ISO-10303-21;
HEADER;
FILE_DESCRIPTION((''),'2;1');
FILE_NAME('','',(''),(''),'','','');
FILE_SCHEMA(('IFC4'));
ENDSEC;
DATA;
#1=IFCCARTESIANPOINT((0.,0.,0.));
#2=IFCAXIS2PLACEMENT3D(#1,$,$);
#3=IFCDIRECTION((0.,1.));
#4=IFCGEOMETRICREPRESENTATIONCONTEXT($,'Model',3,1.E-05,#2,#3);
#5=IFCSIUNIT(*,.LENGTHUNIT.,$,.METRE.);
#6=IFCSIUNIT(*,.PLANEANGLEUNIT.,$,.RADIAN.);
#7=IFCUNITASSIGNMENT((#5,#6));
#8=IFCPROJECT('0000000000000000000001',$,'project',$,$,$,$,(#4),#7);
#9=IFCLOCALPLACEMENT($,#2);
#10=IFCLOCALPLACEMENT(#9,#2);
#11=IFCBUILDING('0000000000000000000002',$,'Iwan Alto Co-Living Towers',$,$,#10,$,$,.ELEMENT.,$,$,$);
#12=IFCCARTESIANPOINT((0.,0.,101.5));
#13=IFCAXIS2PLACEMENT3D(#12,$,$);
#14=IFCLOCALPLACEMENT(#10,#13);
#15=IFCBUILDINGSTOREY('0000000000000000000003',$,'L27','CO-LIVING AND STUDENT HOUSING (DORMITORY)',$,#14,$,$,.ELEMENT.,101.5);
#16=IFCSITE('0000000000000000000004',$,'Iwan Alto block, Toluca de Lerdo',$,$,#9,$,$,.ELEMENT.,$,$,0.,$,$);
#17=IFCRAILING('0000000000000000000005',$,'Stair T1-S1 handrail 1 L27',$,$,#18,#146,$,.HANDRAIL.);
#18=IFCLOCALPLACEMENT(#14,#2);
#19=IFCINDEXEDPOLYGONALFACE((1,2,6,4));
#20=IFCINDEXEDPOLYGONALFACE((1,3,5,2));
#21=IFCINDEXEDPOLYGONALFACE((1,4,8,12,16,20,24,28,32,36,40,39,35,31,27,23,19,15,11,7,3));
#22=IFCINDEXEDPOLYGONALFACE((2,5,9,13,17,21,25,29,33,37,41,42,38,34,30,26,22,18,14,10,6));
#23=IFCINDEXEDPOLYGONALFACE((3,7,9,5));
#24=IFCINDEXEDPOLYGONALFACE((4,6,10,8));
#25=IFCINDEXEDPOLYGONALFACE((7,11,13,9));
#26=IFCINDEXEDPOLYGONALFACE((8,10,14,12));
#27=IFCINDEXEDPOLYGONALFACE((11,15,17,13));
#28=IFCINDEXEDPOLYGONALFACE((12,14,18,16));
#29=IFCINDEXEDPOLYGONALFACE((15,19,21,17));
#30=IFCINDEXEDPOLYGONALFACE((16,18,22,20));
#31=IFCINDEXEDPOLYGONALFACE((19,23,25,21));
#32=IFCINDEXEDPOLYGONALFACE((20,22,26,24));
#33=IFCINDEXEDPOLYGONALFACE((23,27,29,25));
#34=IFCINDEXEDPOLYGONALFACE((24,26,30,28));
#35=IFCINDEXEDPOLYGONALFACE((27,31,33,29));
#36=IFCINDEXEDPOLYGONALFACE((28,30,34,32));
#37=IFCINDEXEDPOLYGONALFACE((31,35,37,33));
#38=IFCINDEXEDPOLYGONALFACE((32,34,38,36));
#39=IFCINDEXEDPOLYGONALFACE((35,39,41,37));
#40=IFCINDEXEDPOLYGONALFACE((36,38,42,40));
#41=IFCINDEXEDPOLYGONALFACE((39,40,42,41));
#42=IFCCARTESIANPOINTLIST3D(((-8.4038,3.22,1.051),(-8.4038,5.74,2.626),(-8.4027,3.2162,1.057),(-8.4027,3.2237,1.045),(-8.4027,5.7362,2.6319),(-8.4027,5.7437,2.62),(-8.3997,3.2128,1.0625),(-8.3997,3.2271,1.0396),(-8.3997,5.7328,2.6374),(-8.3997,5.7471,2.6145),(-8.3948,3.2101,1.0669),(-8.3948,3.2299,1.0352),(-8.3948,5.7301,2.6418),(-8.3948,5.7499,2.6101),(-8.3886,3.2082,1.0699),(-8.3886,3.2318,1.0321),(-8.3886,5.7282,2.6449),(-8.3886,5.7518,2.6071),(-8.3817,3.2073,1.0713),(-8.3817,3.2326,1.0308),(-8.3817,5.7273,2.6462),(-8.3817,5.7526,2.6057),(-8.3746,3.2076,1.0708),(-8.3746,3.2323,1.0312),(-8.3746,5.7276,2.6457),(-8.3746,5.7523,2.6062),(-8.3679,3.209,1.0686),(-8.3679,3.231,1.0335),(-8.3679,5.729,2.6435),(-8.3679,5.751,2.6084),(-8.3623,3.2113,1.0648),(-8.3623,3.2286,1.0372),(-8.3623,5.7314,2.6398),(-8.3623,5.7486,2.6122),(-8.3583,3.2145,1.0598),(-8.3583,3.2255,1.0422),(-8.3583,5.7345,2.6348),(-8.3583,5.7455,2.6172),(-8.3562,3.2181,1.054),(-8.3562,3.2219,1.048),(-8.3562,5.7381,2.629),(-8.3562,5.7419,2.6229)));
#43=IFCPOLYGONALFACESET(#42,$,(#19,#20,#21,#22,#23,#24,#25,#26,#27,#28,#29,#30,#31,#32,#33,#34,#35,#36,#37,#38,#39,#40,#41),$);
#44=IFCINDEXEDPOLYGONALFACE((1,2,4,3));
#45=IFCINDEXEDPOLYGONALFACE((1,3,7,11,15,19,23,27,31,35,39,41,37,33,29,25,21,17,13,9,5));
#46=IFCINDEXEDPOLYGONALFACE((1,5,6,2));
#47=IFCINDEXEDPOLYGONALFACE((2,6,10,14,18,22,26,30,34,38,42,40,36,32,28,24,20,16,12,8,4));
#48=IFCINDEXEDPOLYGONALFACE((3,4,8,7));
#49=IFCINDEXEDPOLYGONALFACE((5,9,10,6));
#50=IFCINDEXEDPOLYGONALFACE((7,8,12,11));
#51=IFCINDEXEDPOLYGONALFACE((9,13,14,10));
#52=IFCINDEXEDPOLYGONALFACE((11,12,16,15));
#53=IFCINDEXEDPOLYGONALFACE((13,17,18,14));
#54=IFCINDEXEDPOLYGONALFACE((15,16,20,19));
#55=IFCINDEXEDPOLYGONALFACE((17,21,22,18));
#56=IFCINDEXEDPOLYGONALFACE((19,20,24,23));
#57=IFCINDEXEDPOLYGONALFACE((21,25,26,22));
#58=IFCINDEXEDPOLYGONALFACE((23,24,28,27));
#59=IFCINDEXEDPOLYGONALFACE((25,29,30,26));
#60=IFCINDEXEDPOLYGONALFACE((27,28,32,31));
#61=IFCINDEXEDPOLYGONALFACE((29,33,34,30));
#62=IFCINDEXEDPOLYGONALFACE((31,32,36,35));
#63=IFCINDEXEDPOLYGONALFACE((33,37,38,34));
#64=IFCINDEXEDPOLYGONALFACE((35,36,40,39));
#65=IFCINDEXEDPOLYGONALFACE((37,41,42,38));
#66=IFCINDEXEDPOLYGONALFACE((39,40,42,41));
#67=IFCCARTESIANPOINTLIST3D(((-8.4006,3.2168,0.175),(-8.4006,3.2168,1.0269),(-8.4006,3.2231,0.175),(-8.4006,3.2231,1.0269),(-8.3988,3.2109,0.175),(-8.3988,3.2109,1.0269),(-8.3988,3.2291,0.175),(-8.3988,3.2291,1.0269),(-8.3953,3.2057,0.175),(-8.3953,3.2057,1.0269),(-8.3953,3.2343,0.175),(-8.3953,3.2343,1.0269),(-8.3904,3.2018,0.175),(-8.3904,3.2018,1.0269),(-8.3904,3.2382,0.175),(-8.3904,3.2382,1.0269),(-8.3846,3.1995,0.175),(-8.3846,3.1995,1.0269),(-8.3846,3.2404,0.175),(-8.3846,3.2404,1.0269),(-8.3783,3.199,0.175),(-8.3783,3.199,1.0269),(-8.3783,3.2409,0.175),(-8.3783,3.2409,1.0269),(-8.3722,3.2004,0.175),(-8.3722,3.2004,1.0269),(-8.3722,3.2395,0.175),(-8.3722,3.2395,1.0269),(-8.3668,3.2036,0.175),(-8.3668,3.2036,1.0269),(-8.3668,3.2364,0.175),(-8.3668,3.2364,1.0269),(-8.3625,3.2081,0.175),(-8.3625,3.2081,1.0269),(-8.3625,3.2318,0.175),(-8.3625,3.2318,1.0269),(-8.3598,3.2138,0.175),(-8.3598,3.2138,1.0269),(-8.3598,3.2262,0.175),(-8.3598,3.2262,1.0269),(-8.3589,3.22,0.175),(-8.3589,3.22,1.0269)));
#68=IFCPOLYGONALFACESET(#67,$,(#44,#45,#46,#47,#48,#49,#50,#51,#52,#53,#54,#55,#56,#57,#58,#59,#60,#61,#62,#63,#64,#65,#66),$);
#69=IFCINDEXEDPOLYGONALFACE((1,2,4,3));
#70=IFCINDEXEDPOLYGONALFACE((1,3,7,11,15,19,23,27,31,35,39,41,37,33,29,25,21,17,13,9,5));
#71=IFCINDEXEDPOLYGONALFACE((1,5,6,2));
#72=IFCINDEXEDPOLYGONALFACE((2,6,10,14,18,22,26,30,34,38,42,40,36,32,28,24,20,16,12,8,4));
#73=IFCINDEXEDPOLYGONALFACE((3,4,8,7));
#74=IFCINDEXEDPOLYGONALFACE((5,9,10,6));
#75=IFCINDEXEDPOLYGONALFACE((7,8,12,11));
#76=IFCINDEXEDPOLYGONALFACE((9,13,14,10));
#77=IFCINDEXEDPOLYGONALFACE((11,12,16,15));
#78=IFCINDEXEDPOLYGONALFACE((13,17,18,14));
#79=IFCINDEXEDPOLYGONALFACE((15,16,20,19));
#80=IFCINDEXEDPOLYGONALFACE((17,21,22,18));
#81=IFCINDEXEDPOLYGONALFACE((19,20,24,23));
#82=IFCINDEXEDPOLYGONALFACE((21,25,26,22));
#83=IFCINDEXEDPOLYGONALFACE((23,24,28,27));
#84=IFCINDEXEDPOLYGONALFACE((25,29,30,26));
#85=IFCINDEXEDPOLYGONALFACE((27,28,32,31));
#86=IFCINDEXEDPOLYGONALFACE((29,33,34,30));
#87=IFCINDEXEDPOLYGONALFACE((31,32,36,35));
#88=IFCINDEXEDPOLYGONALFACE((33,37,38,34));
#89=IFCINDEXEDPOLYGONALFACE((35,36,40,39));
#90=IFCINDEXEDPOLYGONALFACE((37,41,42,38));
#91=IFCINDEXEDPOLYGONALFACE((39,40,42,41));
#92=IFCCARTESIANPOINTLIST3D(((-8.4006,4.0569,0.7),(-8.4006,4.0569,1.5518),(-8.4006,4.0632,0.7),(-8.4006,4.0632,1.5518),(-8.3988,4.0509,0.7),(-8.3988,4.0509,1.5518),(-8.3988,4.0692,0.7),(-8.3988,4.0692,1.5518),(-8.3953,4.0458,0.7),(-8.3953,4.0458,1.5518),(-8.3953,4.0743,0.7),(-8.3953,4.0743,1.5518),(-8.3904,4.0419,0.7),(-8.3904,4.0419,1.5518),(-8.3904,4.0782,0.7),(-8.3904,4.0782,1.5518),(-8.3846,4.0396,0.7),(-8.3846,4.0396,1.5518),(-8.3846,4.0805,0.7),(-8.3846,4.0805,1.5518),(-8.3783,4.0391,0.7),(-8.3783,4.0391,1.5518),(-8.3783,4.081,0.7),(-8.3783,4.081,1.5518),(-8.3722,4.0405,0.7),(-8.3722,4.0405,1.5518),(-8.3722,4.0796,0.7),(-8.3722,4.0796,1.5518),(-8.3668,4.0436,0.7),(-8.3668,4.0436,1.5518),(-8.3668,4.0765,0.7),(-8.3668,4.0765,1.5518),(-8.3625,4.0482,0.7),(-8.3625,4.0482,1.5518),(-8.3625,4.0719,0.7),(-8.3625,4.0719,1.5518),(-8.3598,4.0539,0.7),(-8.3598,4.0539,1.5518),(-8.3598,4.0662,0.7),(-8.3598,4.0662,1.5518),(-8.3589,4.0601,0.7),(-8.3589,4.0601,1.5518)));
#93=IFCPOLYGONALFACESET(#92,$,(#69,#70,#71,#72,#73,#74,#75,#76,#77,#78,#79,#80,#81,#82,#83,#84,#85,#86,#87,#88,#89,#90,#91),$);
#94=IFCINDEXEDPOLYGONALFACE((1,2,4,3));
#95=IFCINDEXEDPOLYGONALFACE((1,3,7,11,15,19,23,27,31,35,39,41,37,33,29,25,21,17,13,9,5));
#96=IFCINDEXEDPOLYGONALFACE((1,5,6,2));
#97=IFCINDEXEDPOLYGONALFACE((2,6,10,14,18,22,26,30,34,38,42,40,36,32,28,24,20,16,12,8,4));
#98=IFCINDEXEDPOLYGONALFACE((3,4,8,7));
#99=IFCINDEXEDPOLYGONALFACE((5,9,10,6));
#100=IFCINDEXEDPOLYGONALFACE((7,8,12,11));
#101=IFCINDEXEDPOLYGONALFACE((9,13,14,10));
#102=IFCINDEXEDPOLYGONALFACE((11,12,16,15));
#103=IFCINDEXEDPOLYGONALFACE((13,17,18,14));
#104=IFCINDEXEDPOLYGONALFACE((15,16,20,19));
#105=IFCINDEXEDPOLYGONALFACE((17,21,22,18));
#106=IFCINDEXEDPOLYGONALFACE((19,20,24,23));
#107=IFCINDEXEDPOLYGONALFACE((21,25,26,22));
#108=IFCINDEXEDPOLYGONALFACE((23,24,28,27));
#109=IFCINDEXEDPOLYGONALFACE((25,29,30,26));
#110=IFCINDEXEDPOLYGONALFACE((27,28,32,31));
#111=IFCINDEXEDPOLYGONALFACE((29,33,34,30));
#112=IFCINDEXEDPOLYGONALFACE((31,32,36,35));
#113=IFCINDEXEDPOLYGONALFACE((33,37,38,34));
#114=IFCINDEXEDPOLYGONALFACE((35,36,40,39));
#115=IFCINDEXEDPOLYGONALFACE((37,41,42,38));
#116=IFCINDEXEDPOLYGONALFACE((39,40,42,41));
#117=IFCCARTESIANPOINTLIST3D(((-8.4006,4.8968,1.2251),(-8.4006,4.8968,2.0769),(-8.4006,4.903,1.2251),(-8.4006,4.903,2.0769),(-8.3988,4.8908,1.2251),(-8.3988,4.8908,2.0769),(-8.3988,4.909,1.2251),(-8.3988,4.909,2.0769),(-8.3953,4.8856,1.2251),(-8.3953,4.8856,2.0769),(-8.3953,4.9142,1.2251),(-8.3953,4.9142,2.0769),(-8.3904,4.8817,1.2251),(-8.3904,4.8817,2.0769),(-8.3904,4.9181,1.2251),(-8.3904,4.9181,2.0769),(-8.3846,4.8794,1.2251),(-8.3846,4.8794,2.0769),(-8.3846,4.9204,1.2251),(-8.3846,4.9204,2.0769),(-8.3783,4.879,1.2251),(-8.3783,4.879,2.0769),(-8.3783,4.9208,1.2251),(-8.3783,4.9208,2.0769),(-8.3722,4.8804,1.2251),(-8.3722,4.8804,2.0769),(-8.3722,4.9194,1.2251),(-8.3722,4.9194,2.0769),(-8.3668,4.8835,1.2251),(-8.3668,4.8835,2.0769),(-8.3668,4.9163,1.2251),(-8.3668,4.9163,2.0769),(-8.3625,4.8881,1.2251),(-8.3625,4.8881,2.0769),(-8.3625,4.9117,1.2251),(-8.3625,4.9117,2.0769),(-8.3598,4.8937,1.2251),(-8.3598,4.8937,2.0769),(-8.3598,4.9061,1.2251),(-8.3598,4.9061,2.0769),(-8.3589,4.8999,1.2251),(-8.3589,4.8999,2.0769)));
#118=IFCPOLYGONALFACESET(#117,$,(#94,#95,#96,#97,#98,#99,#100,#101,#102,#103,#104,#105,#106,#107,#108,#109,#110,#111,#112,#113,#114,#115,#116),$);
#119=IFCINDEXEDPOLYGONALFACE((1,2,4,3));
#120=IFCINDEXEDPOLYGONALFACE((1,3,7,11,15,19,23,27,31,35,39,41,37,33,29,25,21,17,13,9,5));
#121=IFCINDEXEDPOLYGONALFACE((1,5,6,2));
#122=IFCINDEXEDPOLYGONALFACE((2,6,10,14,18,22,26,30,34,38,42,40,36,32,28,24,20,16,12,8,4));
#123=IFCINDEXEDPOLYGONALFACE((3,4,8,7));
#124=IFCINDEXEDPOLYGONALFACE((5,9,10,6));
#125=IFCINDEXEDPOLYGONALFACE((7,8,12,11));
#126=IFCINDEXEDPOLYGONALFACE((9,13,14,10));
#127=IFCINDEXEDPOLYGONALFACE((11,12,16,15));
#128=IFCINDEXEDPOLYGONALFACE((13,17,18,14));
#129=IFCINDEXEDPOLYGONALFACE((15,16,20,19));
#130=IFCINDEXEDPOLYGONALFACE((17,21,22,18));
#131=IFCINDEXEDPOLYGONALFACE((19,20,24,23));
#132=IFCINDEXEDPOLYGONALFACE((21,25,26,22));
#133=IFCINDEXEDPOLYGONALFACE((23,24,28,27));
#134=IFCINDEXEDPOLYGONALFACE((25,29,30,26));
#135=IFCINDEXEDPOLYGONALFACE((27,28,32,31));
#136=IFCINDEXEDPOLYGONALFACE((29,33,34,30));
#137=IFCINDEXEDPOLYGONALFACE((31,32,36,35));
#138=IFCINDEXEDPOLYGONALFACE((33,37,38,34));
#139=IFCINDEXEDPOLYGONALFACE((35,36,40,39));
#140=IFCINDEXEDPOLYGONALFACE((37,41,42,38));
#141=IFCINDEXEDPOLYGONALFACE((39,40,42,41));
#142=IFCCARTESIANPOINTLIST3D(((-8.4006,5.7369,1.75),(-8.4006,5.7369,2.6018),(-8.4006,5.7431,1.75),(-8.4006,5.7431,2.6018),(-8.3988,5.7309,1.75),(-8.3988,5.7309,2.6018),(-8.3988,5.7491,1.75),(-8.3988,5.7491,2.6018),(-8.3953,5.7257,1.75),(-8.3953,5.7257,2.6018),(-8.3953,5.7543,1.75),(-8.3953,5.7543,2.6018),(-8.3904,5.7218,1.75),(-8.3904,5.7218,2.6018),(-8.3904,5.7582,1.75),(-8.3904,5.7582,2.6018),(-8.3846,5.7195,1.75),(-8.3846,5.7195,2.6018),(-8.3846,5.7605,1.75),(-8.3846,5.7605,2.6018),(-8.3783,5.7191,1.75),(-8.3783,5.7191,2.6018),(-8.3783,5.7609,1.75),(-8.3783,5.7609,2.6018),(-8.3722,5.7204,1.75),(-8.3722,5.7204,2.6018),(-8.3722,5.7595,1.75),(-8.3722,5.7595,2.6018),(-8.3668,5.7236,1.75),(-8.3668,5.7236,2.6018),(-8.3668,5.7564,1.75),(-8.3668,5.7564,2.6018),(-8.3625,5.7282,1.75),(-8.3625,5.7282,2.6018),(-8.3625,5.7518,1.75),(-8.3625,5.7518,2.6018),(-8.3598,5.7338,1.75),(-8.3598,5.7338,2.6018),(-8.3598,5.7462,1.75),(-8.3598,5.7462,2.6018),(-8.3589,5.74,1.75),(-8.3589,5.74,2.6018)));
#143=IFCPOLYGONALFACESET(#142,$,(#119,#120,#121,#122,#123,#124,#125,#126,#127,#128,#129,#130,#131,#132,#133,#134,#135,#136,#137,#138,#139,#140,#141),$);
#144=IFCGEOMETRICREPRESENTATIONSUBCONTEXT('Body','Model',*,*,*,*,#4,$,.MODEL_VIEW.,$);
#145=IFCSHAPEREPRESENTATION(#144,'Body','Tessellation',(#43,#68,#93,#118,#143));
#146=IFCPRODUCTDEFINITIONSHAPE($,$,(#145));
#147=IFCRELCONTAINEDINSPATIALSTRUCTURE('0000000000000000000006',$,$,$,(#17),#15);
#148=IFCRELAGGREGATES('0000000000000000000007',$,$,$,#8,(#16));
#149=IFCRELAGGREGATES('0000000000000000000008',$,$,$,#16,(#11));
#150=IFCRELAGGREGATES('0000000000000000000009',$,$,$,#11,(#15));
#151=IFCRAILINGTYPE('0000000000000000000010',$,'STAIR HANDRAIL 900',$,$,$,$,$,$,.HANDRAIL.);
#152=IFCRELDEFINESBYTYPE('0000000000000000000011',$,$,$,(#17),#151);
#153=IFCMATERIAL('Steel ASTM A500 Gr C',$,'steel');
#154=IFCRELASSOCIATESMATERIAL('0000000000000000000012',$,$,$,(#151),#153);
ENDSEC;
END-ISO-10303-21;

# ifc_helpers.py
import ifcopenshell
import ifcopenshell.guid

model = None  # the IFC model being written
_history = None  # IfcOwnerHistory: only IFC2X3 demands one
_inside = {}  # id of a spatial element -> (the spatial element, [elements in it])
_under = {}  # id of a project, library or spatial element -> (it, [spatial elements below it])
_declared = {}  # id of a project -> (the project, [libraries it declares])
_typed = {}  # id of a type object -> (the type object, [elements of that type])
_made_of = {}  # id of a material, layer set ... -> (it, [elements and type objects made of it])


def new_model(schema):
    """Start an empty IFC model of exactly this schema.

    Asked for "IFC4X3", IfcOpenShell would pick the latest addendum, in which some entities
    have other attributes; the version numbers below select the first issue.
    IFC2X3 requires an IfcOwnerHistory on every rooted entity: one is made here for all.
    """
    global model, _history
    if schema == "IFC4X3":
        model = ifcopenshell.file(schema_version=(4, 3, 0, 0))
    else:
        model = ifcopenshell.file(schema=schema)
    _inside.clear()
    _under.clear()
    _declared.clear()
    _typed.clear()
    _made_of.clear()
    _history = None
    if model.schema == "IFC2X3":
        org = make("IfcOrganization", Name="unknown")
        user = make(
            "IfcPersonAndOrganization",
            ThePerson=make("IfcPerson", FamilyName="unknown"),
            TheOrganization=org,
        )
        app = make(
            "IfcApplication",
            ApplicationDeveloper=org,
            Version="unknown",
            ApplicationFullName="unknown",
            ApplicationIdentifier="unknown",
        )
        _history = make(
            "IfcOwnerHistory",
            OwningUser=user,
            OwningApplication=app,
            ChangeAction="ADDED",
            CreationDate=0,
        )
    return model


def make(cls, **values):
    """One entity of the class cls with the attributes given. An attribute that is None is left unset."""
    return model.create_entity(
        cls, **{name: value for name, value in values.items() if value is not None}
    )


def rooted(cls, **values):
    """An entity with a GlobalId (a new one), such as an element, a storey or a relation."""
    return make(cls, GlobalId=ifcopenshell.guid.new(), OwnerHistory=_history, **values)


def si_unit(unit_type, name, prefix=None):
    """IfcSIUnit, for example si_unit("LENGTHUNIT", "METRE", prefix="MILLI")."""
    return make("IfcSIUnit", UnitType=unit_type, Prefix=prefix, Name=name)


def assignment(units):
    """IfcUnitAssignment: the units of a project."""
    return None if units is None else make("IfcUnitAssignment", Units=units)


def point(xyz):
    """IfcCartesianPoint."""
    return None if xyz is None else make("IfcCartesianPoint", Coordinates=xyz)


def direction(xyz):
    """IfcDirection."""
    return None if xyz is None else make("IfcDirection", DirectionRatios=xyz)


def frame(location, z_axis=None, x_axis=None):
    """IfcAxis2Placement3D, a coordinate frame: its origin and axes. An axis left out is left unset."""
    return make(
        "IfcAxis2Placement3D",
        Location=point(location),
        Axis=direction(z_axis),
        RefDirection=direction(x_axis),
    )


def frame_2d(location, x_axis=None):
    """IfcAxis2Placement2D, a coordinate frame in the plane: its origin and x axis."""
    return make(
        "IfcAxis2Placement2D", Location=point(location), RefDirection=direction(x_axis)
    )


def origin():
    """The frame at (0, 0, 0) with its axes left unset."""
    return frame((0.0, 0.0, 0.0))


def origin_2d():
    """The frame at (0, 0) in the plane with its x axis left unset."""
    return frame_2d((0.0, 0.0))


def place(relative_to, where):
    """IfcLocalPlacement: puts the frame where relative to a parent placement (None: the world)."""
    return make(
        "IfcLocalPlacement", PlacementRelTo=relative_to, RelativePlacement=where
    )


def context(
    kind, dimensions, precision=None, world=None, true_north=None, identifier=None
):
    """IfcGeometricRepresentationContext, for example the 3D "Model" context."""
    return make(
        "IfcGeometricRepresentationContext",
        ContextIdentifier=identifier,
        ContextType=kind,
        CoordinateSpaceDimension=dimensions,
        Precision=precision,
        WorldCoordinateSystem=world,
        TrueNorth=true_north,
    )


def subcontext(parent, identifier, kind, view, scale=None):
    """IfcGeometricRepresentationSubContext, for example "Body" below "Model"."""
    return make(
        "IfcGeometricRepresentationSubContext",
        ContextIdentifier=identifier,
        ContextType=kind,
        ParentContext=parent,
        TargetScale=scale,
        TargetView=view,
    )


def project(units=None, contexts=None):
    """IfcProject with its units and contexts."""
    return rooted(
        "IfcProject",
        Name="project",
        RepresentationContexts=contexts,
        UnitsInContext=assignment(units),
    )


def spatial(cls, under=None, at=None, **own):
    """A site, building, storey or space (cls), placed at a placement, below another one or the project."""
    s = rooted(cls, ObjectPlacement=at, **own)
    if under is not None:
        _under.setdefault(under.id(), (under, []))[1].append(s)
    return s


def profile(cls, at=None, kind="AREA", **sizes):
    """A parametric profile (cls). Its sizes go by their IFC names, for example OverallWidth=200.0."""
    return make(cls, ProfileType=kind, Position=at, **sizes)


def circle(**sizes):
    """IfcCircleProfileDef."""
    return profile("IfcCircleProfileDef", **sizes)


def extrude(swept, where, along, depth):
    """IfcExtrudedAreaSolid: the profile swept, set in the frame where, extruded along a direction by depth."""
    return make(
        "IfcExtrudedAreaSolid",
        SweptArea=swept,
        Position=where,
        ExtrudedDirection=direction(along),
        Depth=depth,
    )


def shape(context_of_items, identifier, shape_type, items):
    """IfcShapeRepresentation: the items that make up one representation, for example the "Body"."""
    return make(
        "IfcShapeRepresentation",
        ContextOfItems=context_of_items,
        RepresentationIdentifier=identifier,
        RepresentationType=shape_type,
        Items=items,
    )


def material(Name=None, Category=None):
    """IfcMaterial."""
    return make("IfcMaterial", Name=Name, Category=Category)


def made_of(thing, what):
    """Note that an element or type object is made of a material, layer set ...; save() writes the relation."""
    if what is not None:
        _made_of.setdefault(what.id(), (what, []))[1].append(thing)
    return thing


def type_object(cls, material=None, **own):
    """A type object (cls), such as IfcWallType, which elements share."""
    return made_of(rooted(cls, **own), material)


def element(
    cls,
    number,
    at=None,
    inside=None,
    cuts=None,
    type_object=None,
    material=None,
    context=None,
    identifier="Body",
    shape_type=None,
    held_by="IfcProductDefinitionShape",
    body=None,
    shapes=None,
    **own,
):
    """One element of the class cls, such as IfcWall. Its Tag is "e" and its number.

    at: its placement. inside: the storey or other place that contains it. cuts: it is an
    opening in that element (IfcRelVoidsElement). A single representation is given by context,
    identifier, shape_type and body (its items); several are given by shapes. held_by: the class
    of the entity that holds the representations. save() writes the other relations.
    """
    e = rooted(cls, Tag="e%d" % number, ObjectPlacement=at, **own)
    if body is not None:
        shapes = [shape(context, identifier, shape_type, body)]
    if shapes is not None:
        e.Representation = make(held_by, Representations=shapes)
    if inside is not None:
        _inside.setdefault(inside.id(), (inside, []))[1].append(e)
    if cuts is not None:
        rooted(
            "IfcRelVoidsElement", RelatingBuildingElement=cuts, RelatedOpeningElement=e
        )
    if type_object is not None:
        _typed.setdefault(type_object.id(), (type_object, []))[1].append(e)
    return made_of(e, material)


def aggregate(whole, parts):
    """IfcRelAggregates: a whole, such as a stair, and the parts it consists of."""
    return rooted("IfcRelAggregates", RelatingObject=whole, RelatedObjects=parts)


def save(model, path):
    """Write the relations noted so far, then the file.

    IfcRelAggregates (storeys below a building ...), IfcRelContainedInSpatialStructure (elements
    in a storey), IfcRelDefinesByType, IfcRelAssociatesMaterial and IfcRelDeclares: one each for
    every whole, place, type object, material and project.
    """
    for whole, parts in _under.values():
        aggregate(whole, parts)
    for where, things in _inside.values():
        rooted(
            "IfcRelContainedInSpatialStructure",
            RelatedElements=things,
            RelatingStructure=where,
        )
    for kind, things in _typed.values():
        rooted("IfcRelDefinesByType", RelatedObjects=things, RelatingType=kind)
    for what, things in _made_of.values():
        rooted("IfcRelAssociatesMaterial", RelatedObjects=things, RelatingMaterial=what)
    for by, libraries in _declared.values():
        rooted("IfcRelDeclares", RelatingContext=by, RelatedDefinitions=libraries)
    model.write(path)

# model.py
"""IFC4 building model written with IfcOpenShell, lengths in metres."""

from ifc_helpers import new_model, si_unit, direction, frame, origin, origin_2d, place, context, subcontext, project, spatial, circle, extrude, material, type_object, element, save


model = new_model("IFC4")

# Units and contexts
model_context = context("Model", 3, precision=1e-05, world=origin(), true_north=direction((0.0, 1.0)))
body_context = subcontext(model_context, "Body", "Model", "MODEL_VIEW")
ifc_project = project(units=[si_unit("LENGTHUNIT", "METRE"), si_unit("PLANEANGLEUNIT", "RADIAN")], contexts=[model_context])

# Site, building, storey
site_placement = place(None, origin())
site = spatial("IfcSite", under=ifc_project, at=site_placement, Name="Iwan Alto block, Toluca de Lerdo", CompositionType="ELEMENT", RefElevation=0.0)
building_placement = place(site_placement, origin())
building = spatial("IfcBuilding", under=site, at=building_placement, Name="Iwan Alto Co-Living Towers", CompositionType="ELEMENT")
storey_placement = place(building_placement, frame((0.0, 0.0, 101.5)))
storey = spatial("IfcBuildingStorey", under=building, at=storey_placement, Name="L27", Description="CO-LIVING AND STUDENT HOUSING (DORMITORY)", CompositionType="ELEMENT", Elevation=101.5)

# Railing
ifc_material_1 = material(Name="Steel ASTM A500 Gr C", Category="steel")
railing_type_1 = type_object("IfcRailingType", Name="STAIR HANDRAIL 900", PredefinedType="HANDRAIL", material=ifc_material_1)
railing_1_placement = place(storey_placement, frame((-8.3799, 3.22, 0.175)))
element("IfcRailing", 1, at=railing_1_placement, inside=storey, type_object=railing_type_1, Name="Stair T1-S1 handrail 1 L27", PredefinedType="HANDRAIL", context=body_context, shape_type="SweptSolid", body=[
    extrude(circle(Radius=0.0239, at=origin_2d()), frame((0.0, 0.0, 0.876), z_axis=(0.0, 0.848008, 0.529984), x_axis=(-1.0, 0.0, 0.0)), (0.0, 0.0, 1.0), 2.9717),
    extrude(circle(Radius=0.021, at=origin_2d()), origin(), (0.0, 0.0, 1.0), 0.8518),
    extrude(circle(Radius=0.021, at=origin_2d()), frame((0.0, 0.8401, 0.5249)), (0.0, 0.0, 1.0), 0.8518),
    extrude(circle(Radius=0.021, at=origin_2d()), frame((0.0, 1.6799, 1.05)), (0.0, 0.0, 1.0), 0.8518),
    extrude(circle(Radius=0.021, at=origin_2d()), frame((0.0, 2.52, 1.575)), (0.0, 0.0, 1.0), 0.8518),
])

save(model, "model.ifc")
